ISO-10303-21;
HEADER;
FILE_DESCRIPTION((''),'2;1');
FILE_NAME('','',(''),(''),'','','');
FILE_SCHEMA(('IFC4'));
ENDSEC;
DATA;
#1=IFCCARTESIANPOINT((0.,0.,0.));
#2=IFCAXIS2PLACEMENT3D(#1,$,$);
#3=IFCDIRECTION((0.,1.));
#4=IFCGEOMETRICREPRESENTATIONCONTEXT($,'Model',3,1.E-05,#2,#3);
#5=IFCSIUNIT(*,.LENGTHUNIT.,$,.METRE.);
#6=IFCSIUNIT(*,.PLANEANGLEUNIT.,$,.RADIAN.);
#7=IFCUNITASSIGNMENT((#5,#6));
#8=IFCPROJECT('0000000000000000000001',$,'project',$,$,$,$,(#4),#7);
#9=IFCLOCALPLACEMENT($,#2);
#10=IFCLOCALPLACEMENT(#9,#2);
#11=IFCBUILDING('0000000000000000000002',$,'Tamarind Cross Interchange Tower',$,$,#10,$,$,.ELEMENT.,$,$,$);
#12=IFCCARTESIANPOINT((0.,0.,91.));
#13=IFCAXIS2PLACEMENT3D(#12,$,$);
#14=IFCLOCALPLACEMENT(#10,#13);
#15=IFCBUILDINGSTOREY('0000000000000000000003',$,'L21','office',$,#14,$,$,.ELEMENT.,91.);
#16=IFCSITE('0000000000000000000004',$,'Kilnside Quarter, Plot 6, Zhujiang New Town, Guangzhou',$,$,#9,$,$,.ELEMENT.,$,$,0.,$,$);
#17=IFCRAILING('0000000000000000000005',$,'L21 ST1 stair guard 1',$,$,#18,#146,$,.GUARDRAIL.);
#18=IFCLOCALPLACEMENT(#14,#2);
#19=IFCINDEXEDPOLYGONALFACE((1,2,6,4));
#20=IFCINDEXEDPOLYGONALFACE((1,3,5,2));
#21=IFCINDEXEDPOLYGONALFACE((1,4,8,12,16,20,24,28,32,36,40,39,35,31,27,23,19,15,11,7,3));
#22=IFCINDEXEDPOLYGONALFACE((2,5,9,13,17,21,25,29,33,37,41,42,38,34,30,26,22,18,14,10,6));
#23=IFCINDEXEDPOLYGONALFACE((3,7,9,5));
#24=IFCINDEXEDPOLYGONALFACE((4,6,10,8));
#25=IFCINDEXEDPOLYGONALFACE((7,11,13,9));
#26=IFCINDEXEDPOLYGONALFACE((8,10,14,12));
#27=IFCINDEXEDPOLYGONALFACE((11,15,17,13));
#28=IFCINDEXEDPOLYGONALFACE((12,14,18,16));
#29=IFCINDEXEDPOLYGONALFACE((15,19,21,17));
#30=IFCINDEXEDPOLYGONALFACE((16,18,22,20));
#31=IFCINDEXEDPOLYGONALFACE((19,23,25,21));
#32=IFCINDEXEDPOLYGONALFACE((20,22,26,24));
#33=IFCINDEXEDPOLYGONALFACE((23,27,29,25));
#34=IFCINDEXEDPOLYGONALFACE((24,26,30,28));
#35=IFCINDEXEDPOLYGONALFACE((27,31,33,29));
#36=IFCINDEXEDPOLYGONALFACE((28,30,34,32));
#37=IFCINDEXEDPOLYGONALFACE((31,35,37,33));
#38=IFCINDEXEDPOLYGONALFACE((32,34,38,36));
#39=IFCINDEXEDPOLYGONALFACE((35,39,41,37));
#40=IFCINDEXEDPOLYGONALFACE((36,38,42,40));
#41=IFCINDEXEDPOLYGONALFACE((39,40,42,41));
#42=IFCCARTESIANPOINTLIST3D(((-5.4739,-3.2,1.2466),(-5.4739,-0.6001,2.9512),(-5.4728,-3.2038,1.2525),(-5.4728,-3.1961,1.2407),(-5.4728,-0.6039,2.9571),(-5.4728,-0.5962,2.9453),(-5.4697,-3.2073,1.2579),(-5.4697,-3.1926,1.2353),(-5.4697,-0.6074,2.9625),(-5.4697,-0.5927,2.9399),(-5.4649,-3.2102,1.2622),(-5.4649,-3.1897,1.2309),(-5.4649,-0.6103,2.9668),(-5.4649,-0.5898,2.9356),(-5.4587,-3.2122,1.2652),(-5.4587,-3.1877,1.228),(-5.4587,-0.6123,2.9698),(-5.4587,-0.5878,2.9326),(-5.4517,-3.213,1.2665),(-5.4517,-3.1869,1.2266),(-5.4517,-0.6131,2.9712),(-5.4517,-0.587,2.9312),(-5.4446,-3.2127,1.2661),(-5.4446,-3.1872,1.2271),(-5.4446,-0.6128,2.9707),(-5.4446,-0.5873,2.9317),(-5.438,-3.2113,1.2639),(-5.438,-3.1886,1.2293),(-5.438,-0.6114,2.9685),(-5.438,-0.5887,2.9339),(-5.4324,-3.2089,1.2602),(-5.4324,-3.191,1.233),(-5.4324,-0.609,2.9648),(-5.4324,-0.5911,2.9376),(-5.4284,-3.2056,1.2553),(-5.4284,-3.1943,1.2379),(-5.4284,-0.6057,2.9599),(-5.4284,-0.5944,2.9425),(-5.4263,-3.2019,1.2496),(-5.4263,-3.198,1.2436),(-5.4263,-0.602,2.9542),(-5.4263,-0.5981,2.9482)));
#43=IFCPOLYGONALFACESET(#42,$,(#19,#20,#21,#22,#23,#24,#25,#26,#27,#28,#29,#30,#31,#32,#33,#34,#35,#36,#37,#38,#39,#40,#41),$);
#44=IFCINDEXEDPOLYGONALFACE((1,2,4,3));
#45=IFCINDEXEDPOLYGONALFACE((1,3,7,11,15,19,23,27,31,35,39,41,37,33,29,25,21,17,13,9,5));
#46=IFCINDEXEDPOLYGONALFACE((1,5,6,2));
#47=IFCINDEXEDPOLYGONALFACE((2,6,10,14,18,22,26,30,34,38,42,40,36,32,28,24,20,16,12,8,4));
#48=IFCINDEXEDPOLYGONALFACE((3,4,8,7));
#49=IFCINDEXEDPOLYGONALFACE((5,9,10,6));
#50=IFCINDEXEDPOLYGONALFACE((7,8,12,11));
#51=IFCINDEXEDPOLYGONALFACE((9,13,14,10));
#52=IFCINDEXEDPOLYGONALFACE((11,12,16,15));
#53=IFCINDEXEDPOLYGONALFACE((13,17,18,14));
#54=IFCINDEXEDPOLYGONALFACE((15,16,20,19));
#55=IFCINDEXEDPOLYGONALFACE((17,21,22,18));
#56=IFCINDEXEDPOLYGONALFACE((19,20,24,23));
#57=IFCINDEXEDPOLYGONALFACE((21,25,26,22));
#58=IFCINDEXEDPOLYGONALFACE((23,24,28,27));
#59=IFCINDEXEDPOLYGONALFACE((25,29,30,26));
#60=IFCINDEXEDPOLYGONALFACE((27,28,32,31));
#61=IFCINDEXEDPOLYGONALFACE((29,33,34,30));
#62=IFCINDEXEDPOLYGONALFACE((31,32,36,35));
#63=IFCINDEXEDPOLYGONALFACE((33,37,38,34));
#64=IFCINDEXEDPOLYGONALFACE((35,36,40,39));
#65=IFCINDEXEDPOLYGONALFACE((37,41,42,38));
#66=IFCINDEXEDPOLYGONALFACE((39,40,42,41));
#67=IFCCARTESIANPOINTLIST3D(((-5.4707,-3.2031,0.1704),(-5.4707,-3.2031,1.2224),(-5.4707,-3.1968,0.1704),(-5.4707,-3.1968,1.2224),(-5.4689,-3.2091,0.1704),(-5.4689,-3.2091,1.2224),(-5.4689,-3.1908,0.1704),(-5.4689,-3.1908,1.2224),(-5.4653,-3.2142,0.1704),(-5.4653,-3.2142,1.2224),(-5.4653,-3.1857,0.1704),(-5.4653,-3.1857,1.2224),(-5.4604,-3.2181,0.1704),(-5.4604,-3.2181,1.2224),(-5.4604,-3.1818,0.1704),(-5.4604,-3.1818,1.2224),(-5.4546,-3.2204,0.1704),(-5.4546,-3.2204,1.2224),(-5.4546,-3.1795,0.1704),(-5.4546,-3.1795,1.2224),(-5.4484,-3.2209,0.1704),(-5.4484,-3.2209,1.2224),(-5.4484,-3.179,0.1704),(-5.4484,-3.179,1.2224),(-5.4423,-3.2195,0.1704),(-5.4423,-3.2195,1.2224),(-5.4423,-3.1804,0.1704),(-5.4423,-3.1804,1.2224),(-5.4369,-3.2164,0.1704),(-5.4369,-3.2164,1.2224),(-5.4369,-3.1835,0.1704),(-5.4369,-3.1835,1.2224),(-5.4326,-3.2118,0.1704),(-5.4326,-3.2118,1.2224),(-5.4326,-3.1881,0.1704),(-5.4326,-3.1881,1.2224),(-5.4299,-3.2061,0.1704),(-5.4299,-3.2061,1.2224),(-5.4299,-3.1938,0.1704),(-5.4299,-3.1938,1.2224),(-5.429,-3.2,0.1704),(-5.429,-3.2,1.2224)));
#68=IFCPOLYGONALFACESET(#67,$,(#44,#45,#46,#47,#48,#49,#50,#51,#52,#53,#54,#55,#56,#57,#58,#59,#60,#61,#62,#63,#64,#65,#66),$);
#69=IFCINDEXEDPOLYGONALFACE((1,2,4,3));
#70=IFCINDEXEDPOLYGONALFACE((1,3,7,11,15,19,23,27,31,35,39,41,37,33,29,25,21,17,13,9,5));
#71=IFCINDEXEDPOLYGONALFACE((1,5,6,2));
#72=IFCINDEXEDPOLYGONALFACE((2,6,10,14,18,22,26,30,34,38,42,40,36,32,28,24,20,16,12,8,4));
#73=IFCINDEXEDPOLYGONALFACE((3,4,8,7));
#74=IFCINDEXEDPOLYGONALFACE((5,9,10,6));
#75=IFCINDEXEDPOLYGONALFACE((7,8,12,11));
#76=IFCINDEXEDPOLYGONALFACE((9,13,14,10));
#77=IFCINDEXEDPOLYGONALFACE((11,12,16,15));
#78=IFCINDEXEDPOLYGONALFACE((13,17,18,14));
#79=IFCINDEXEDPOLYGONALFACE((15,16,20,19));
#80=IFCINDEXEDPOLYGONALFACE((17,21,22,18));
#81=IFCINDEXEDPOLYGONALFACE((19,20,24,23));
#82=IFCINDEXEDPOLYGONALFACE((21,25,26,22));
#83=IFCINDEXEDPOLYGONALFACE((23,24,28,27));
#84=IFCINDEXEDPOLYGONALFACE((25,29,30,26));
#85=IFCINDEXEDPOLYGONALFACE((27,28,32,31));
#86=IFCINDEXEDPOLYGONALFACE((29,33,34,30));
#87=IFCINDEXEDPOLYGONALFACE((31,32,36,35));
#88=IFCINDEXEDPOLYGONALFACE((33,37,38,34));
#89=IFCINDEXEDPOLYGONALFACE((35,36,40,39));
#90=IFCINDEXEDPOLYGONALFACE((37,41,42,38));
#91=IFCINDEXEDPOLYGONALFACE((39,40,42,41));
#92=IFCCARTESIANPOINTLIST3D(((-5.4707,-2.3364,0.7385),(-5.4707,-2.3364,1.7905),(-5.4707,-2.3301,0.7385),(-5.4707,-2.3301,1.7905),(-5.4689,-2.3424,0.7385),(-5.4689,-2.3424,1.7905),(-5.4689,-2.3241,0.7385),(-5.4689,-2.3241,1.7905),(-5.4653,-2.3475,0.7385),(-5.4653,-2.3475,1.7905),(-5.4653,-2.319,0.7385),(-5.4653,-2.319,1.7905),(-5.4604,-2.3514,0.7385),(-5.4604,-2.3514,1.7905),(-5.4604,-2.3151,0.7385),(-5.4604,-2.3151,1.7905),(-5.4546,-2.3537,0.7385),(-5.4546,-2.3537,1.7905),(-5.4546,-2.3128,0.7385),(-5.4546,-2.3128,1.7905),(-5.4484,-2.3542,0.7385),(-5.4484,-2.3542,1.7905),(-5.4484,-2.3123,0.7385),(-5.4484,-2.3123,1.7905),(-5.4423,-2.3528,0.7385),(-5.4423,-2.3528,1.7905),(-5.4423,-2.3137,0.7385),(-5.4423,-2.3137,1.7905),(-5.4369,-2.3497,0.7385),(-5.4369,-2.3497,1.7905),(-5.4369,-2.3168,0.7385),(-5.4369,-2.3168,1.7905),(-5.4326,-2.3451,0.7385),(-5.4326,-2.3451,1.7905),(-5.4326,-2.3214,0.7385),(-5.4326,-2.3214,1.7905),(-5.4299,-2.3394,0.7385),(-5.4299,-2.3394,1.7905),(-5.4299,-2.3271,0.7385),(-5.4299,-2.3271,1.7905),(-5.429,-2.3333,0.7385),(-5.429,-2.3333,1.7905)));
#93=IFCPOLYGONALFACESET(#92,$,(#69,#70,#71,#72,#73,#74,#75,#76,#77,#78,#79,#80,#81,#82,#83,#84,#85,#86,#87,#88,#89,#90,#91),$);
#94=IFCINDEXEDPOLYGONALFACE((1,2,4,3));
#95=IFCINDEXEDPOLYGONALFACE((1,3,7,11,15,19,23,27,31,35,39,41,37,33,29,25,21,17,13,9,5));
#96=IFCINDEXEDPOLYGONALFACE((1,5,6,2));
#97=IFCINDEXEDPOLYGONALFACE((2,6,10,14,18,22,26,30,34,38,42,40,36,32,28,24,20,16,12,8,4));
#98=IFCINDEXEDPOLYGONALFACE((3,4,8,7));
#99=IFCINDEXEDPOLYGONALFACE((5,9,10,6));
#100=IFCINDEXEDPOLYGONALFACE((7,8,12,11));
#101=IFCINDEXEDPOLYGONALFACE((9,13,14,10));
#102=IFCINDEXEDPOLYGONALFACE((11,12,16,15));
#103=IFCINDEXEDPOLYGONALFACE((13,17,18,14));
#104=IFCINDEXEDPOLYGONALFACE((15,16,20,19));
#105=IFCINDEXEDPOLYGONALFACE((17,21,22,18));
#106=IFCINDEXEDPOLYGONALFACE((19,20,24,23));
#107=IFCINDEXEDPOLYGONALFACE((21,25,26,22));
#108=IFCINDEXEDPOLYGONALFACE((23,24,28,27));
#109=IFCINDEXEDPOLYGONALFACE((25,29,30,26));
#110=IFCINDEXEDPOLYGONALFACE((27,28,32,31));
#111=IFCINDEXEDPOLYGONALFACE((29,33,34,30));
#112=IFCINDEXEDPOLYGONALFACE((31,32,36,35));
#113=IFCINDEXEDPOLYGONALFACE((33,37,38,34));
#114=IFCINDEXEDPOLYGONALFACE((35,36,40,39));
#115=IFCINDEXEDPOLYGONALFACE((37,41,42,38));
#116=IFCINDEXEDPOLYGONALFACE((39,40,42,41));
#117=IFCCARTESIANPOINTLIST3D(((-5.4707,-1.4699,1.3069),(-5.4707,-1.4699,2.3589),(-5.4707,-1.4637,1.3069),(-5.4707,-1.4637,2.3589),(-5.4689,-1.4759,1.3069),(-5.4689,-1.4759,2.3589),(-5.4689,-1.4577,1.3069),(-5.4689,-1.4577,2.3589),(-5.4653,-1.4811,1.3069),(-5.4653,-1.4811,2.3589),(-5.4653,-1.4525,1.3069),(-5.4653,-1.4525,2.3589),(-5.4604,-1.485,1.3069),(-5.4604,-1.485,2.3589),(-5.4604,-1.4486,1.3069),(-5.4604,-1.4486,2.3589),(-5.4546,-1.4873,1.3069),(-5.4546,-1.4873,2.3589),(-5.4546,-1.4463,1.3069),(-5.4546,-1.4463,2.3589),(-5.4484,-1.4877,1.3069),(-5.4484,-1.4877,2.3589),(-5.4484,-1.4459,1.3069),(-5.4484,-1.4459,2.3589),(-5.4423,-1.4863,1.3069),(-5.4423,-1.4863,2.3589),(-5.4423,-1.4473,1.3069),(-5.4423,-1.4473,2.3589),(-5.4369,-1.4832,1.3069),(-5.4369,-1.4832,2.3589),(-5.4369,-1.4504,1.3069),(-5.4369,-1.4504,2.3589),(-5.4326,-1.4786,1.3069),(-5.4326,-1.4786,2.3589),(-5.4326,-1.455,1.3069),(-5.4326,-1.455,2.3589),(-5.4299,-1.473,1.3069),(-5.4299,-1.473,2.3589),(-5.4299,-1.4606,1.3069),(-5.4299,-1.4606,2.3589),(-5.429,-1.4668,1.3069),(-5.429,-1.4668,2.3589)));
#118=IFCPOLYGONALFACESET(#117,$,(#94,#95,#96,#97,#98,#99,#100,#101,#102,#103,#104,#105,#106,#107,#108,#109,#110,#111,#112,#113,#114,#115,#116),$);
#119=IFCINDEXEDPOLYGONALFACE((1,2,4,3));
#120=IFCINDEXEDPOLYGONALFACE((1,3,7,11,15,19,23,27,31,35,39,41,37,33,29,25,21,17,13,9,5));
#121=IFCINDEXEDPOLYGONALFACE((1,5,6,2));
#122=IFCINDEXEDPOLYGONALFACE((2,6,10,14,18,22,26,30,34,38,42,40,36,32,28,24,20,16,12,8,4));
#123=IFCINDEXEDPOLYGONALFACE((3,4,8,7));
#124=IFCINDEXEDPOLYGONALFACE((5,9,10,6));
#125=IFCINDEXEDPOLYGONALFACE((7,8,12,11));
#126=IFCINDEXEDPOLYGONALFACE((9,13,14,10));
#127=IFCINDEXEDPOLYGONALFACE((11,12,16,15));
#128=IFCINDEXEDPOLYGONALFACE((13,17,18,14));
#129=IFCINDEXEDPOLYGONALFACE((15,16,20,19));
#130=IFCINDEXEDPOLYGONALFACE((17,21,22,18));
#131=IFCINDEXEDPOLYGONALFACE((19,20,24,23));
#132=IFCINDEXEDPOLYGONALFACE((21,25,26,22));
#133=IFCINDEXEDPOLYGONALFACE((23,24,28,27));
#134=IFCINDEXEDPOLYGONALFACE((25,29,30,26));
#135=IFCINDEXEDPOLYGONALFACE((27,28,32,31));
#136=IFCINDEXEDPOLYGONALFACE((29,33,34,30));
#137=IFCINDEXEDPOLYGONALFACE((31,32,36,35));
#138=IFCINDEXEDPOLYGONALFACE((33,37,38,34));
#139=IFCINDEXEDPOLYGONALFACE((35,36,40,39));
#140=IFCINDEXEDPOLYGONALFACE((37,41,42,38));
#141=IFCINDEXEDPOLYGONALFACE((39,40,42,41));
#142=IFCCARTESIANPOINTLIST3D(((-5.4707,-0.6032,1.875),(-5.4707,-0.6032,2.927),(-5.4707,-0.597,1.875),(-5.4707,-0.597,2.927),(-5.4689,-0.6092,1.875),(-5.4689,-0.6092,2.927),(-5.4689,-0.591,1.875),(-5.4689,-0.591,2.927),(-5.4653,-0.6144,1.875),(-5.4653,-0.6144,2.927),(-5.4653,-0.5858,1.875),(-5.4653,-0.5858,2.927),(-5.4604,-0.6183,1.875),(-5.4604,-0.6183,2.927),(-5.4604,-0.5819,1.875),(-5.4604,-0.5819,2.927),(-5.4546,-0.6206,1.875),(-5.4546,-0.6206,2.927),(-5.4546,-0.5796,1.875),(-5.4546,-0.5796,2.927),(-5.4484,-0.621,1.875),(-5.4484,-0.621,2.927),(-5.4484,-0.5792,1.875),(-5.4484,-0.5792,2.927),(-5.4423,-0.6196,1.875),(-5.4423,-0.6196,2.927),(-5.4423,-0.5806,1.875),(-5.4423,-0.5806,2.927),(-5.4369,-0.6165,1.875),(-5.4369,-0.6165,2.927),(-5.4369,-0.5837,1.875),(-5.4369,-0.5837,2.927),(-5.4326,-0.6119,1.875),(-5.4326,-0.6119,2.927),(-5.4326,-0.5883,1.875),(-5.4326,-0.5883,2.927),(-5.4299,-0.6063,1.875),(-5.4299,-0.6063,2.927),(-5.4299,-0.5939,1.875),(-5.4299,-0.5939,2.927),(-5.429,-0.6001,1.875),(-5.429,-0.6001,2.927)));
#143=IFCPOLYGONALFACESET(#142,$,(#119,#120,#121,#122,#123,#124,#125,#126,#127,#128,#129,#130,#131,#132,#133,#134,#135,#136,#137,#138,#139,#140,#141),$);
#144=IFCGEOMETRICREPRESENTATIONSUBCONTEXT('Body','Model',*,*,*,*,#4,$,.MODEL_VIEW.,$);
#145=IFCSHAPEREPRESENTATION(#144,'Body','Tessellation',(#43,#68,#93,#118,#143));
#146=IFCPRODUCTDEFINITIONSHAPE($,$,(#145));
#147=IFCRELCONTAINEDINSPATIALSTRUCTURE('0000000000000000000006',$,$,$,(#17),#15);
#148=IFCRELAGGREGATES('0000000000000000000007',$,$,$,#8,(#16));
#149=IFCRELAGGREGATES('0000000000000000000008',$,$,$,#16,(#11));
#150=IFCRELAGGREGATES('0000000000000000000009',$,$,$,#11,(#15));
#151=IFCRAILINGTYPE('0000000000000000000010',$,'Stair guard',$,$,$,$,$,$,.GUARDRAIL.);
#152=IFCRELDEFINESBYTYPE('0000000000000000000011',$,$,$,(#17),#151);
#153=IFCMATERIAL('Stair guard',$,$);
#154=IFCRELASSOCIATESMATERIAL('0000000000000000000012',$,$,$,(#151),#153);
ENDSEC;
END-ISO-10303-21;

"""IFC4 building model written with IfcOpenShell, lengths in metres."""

from ifc_helpers import new_model, si_unit, direction, frame, origin, origin_2d, place, context, subcontext, project, spatial, circle, extrude, material, type_object, element, save


model = new_model("IFC4")

# Units and contexts
model_context = context("Model", 3, precision=1e-05, world=origin(), true_north=direction((0.0, 1.0)))
body_context = subcontext(model_context, "Body", "Model", "MODEL_VIEW")
ifc_project = project(units=[si_unit("LENGTHUNIT", "METRE"), si_unit("PLANEANGLEUNIT", "RADIAN")], contexts=[model_context])

# Site, building, storey
site_placement = place(None, origin())
site = spatial("IfcSite", under=ifc_project, at=site_placement, Name="Kilnside Quarter, Plot 6, Zhujiang New Town, Guangzhou", CompositionType="ELEMENT", RefElevation=0.0)
building_placement = place(site_placement, origin())
building = spatial("IfcBuilding", under=site, at=building_placement, Name="Tamarind Cross Interchange Tower", CompositionType="ELEMENT")
storey_placement = place(building_placement, frame((0.0, 0.0, 91.0)))
storey = spatial("IfcBuildingStorey", under=building, at=storey_placement, Name="L21", Description="office", CompositionType="ELEMENT", Elevation=91.0)

# Railing
ifc_material_1 = material(Name="Stair guard")
railing_type_1 = type_object("IfcRailingType", Name="Stair guard", PredefinedType="GUARDRAIL", material=ifc_material_1)
railing_1_placement = place(storey_placement, frame((-5.45, -3.2, 0.1704)))
element("IfcRailing", 1, at=railing_1_placement, inside=storey, type_object=railing_type_1, Name="L21 ST1 stair guard 1", PredefinedType="GUARDRAIL", context=body_context, shape_type="SweptSolid", body=[
    extrude(circle(Radius=0.0239, at=origin_2d()), frame((0.0, 0.0, 1.0762), z_axis=(0.0, 0.836279, 0.548305), x_axis=(-1.0, 0.0, 0.0)), (0.0, 0.0, 1.0), 3.1089),
    extrude(circle(Radius=0.021, at=origin_2d()), origin(), (0.0, 0.0, 1.0), 1.052),
    extrude(circle(Radius=0.021, at=origin_2d()), frame((0.0, 0.8667, 0.5681)), (0.0, 0.0, 1.0), 1.052),
    extrude(circle(Radius=0.021, at=origin_2d()), frame((0.0, 1.7332, 1.1365)), (0.0, 0.0, 1.0), 1.052),
    extrude(circle(Radius=0.021, at=origin_2d()), frame((0.0, 2.5999, 1.7046)), (0.0, 0.0, 1.0), 1.052),
])

save(model, "model.ifc")
